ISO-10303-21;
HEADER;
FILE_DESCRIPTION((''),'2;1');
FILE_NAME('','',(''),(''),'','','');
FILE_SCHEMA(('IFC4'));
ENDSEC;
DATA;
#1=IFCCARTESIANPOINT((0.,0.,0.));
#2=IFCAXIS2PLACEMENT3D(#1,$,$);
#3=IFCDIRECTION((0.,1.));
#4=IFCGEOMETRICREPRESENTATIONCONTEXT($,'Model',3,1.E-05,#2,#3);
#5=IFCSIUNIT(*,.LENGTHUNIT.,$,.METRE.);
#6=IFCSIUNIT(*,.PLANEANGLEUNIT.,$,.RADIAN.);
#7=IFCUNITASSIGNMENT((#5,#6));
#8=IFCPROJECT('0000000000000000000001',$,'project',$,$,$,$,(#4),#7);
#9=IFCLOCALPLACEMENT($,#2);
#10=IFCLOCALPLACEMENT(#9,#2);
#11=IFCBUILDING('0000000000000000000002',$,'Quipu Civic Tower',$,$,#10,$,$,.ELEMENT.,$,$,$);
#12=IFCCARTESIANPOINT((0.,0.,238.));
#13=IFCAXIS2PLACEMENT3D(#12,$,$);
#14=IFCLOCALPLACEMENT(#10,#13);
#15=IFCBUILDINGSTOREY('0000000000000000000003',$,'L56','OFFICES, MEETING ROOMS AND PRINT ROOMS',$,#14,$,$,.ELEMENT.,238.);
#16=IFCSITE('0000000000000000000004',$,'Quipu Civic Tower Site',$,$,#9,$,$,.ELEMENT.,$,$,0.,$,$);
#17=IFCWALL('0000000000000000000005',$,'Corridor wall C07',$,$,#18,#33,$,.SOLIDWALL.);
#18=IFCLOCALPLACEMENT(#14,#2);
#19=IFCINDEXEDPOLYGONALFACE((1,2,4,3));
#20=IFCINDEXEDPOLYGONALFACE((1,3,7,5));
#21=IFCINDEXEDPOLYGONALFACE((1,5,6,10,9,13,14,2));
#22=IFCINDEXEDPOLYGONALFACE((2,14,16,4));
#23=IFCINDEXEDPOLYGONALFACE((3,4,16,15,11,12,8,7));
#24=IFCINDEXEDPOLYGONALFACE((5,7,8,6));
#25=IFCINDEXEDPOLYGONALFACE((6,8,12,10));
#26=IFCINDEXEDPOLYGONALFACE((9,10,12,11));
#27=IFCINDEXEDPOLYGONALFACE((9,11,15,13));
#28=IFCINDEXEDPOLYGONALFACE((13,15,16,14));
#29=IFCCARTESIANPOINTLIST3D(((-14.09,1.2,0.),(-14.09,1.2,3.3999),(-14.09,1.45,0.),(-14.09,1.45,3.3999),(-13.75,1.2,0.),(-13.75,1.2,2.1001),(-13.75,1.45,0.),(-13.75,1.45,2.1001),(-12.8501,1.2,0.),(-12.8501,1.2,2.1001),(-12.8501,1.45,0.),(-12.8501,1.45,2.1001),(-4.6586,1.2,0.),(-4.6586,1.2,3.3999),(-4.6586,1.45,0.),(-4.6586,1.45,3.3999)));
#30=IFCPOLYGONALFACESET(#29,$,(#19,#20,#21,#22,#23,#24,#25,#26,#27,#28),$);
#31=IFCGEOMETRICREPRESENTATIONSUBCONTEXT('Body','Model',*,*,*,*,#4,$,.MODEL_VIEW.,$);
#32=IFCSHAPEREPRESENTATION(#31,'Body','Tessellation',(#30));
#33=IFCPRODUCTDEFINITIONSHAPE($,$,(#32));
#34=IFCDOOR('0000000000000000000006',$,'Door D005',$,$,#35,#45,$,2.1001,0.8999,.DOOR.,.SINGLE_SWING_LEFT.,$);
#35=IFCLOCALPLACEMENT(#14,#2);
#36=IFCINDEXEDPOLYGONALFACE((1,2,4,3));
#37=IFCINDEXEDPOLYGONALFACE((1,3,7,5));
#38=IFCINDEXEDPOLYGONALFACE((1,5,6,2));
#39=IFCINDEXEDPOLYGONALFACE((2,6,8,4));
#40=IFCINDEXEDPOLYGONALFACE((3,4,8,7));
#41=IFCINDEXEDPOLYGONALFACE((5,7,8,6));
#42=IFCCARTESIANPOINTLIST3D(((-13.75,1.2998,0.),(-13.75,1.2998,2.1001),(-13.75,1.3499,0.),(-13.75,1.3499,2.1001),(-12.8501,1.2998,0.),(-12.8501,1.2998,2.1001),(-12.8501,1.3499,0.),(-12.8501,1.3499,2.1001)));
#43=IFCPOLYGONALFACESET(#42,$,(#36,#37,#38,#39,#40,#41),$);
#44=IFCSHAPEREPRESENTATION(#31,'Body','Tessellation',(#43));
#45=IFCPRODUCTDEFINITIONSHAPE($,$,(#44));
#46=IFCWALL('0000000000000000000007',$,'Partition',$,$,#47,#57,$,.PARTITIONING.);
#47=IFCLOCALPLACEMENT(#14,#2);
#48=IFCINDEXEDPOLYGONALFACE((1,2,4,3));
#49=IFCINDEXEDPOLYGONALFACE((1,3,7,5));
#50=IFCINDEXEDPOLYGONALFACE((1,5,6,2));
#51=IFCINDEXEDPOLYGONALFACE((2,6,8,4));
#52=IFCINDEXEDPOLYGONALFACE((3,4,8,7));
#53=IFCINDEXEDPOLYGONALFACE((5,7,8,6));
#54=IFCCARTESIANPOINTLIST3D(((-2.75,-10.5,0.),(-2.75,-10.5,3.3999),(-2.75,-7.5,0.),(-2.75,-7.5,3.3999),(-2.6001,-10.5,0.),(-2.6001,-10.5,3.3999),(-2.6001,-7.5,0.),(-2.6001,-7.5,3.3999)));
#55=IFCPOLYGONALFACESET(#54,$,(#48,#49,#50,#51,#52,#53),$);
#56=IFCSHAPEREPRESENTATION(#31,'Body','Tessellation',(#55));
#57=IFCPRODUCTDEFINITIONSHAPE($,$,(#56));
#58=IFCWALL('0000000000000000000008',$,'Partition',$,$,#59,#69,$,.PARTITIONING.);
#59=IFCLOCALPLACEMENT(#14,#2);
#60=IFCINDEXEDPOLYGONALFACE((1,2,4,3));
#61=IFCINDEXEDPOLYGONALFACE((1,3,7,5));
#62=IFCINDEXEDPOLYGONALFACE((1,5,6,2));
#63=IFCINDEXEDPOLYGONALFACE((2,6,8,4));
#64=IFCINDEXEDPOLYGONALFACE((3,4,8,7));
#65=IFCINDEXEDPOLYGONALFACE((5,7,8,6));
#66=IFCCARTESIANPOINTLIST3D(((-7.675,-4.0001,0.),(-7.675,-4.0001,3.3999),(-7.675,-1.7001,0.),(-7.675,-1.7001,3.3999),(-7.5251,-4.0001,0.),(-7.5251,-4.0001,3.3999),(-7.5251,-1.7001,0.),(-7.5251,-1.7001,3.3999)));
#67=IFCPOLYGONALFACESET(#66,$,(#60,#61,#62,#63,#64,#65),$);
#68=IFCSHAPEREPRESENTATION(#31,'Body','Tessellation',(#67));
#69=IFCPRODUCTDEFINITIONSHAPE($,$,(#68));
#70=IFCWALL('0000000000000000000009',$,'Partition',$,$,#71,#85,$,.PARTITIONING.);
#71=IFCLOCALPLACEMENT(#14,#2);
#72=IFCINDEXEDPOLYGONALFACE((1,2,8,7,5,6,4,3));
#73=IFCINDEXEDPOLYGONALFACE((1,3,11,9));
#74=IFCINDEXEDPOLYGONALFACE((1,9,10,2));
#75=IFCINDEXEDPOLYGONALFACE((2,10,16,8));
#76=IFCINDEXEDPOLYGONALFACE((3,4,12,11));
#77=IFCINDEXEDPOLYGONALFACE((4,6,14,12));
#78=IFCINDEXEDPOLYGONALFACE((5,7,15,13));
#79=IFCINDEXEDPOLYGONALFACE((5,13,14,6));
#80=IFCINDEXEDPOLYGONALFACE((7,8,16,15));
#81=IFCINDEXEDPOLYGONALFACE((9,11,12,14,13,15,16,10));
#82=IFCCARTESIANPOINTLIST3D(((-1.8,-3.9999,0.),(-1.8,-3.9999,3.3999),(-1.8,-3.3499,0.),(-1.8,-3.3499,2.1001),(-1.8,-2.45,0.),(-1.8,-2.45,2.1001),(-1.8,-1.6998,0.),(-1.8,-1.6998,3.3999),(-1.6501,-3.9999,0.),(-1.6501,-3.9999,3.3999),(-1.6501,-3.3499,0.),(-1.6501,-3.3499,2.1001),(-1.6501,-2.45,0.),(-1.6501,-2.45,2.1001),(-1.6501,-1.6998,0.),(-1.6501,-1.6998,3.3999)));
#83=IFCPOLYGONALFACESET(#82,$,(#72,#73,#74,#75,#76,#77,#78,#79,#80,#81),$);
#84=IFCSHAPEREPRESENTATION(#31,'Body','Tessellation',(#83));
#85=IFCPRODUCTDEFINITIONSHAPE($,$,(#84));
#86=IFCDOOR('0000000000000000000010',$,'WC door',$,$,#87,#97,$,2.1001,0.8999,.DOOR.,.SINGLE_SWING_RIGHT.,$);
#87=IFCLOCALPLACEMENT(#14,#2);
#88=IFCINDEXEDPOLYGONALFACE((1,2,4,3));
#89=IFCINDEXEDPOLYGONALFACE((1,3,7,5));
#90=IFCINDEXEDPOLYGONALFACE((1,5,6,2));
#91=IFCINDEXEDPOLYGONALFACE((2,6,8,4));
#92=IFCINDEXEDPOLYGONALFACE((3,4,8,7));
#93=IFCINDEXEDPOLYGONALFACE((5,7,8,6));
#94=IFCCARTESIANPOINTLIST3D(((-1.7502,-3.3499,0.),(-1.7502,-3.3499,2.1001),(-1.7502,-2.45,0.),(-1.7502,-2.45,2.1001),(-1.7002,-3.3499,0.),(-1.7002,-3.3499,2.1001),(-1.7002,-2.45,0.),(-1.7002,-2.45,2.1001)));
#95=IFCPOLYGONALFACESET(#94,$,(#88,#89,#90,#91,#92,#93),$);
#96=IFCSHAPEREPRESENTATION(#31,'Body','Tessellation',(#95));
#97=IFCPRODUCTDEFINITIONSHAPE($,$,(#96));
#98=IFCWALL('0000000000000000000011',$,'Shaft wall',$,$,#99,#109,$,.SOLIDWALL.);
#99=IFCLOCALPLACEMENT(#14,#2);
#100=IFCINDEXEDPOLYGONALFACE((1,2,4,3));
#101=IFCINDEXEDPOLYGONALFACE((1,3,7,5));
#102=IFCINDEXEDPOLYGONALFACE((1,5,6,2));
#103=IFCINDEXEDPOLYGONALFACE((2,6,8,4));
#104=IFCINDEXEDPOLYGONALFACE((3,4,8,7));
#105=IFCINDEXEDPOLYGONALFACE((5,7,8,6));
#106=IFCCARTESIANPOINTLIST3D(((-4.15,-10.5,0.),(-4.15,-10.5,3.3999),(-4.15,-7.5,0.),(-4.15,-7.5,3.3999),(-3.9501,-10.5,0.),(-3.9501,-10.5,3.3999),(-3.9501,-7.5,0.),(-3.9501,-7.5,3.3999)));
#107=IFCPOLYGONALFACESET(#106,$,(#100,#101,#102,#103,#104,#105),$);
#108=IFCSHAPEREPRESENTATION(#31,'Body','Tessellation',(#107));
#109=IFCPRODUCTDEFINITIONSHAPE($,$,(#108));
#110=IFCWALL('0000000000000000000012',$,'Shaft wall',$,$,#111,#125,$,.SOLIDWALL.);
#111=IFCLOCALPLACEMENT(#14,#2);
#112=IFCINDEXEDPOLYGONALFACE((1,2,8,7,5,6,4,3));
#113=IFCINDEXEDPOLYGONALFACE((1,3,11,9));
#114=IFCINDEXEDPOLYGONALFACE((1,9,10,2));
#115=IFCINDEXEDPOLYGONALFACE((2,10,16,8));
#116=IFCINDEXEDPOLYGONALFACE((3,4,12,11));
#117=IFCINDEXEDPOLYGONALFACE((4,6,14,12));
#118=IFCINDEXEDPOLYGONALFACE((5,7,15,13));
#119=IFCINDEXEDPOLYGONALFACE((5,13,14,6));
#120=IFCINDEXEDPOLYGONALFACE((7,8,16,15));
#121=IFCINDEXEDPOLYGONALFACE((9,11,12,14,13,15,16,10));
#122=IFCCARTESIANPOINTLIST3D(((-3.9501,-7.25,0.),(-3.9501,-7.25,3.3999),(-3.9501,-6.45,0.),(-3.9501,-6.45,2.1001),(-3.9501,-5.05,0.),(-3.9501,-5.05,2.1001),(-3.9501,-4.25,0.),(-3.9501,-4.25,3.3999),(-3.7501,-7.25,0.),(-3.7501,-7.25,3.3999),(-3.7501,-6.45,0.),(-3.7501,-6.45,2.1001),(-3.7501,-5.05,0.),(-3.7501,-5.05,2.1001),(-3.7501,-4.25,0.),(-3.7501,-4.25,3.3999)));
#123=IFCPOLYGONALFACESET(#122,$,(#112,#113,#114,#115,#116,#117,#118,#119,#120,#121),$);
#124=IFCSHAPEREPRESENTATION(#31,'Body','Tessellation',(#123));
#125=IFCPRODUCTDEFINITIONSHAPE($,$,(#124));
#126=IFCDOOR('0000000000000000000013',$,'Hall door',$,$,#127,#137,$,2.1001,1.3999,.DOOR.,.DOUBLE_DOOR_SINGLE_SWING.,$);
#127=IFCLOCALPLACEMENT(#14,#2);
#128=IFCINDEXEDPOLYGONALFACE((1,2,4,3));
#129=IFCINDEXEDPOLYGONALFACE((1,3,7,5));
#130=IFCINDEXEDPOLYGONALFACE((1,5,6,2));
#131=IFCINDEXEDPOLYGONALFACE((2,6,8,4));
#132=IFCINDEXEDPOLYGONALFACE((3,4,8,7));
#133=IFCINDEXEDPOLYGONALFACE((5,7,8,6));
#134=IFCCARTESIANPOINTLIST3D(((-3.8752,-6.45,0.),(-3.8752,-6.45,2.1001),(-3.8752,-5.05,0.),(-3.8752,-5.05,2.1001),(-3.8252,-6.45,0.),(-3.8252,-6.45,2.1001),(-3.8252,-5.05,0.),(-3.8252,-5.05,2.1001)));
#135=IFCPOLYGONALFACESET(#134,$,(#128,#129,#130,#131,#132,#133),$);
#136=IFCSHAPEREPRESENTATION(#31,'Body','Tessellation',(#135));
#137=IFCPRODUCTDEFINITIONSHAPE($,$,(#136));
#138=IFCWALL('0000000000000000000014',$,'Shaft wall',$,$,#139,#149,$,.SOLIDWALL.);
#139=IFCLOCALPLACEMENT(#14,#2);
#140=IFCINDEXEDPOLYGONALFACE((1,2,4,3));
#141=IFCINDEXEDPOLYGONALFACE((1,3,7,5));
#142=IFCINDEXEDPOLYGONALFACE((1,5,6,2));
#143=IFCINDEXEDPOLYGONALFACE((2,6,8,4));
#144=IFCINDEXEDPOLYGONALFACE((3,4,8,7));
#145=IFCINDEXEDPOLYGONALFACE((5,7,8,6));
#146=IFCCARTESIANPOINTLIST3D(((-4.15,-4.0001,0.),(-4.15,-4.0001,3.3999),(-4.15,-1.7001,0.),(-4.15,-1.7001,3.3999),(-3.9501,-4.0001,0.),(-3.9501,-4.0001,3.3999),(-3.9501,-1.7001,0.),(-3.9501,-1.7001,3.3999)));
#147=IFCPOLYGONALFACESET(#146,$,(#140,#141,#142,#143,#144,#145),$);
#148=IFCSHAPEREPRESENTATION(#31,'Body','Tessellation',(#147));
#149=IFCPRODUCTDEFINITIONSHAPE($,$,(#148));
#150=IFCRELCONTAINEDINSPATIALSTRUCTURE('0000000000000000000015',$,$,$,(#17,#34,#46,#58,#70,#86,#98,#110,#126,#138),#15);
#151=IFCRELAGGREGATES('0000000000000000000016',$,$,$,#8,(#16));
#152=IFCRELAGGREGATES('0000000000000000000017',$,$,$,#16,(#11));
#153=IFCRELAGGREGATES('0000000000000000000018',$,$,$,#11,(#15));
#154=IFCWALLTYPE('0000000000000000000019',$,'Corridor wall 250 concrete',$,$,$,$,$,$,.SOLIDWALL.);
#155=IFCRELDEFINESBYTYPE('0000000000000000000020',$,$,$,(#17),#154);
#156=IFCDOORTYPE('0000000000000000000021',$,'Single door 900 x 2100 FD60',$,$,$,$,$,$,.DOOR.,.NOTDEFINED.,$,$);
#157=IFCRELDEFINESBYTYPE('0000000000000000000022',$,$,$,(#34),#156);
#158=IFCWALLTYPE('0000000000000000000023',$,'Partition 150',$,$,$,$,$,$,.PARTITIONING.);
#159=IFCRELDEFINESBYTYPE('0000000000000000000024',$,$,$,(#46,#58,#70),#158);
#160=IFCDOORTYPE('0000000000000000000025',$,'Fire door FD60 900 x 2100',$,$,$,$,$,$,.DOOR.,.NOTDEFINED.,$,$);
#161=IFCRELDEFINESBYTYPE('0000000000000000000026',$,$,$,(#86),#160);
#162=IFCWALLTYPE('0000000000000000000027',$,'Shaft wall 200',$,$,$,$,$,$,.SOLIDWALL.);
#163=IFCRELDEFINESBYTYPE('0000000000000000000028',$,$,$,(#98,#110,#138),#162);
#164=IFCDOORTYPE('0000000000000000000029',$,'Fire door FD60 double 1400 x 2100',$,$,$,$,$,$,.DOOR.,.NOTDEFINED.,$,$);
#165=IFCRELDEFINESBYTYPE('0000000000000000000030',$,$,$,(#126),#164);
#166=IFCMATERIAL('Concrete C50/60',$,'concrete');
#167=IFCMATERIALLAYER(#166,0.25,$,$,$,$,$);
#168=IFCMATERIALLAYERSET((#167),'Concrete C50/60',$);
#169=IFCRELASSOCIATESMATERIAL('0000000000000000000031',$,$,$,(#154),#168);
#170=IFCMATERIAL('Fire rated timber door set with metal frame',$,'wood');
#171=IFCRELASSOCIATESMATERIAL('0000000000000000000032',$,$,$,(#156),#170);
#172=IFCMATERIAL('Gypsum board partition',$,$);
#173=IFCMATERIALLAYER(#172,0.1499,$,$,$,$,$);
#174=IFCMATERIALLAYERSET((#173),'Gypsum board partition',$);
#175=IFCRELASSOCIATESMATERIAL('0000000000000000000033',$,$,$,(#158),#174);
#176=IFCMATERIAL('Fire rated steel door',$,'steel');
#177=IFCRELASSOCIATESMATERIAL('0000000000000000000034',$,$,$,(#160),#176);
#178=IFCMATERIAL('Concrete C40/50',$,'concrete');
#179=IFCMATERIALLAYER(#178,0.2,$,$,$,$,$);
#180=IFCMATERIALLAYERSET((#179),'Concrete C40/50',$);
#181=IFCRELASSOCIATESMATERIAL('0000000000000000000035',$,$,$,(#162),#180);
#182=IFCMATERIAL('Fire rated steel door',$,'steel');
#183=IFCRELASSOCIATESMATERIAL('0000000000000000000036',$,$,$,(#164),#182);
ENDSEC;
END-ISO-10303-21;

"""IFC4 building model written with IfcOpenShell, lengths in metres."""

from ifc_helpers import new_model, si_unit, direction, frame, frame_2d, origin, place, context, subcontext, project, spatial, rectangle, extrude, material, layer, layer_set, type_object, element, fill, save


model = new_model("IFC4")

# Units and contexts
model_context = context("Model", 3, precision=1e-05, world=origin(), true_north=direction((0.0, 1.0)))
body_context = subcontext(model_context, "Body", "Model", "MODEL_VIEW")
ifc_project = project(units=[si_unit("LENGTHUNIT", "METRE"), si_unit("PLANEANGLEUNIT", "RADIAN")], contexts=[model_context])

# Site, building, storey
site_placement = place(None, origin())
site = spatial("IfcSite", under=ifc_project, at=site_placement, Name="Quipu Civic Tower Site", CompositionType="ELEMENT", RefElevation=0.0)
building_placement = place(site_placement, origin())
building = spatial("IfcBuilding", under=site, at=building_placement, Name="Quipu Civic Tower", CompositionType="ELEMENT")
storey_placement = place(building_placement, frame((0.0, 0.0, 238.0)))
storey = spatial("IfcBuildingStorey", under=building, at=storey_placement, Name="L56", Description="OFFICES, MEETING ROOMS AND PRINT ROOMS", CompositionType="ELEMENT", Elevation=238.0)

# Wall, opening, door
ifc_material_1 = material(Name="Concrete C50/60", Category="concrete")
ifc_layer_1 = layer(ifc_material_1, 0.25)
ifc_layer_set_1 = layer_set([ifc_layer_1], Name="Concrete C50/60")
wall_type_1 = type_object("IfcWallType", Name="Corridor wall 250 concrete", PredefinedType="SOLIDWALL", material=ifc_layer_set_1)
wall_1_placement = place(storey_placement, frame((-14.0901, 1.325, 0.0), z_axis=(0.0, 0.0, 1.0), x_axis=(1.0, 0.0, 0.0)))
wall_1 = element("IfcWall", 1, at=wall_1_placement, inside=storey, type_object=wall_type_1, Name="Corridor wall C07", PredefinedType="SOLIDWALL", context=body_context, shape_type="SweptSolid", body=[
    extrude(rectangle(XDim=9.4314, YDim=0.25, at=frame_2d((4.7158, 0.0))), origin(), (0.0, 0.0, 1.0), 3.3999),
])
opening_1_placement = place(wall_1_placement, frame((0.3401, 0.0, 0.0)))
opening_1 = element("IfcOpeningElement", 2, at=opening_1_placement, cuts=wall_1, PredefinedType="OPENING", context=body_context, shape_type="SweptSolid", body=[
    extrude(rectangle(XDim=0.8999, YDim=2.1001, at=frame_2d((0.45, 1.05))), frame((0.0, 0.135, 0.0), z_axis=(0.0, -1.0, 0.0), x_axis=(1.0, 0.0, 0.0)), (0.0, 0.0, 1.0), 0.27),
])
ifc_material_2 = material(Name="Fire rated timber door set with metal frame", Category="wood")
door_type_1 = type_object("IfcDoorType", Name="Single door 900 x 2100 FD60", OperationType="NOTDEFINED", PredefinedType="DOOR", material=ifc_material_2)
door_1_placement = place(opening_1_placement, origin())
door_1 = element("IfcDoor", 3, at=door_1_placement, inside=storey, type_object=door_type_1, Name="Door D005", OperationType="SINGLE_SWING_LEFT", OverallHeight=2.1001, OverallWidth=0.8999, PredefinedType="DOOR", context=body_context, shape_type="SweptSolid", body=[
    extrude(rectangle(XDim=0.8999, YDim=2.1001, at=frame_2d((0.45, 1.05))), frame((0.0, 0.0249, 0.0), z_axis=(0.0, -1.0, 0.0), x_axis=(1.0, 0.0, 0.0)), (0.0, 0.0, 1.0), 0.05),
])
fill(opening_1, door_1)

# Walls
ifc_material_3 = material(Name="Gypsum board partition")
ifc_layer_2 = layer(ifc_material_3, 0.1499)
ifc_layer_set_2 = layer_set([ifc_layer_2], Name="Gypsum board partition")
wall_type_2 = type_object("IfcWallType", Name="Partition 150", PredefinedType="PARTITIONING", material=ifc_layer_set_2)
wall_2_placement = place(storey_placement, frame((-2.675, -10.5, 0.0), z_axis=(0.0, 0.0, 1.0), x_axis=(0.0, 1.0, 0.0)))
element("IfcWall", 4, at=wall_2_placement, inside=storey, type_object=wall_type_2, Name="Partition", PredefinedType="PARTITIONING", context=body_context, shape_type="SweptSolid", body=[
    extrude(rectangle(XDim=3.0, YDim=0.1499, at=frame_2d((1.5, 0.0))), origin(), (0.0, 0.0, 1.0), 3.3999),
])
wall_3_placement = place(storey_placement, frame((-7.6001, -4.0, 0.0), z_axis=(0.0, 0.0, 1.0), x_axis=(0.0, 1.0, 0.0)))
element("IfcWall", 5, at=wall_3_placement, inside=storey, type_object=wall_type_2, Name="Partition", PredefinedType="PARTITIONING", context=body_context, shape_type="SweptSolid", body=[
    extrude(rectangle(XDim=2.3, YDim=0.1499, at=frame_2d((1.1499, 0.0))), origin(), (0.0, 0.0, 1.0), 3.3999),
])

# Wall, opening, door
wall_4_placement = place(storey_placement, frame((-1.7251, -1.7, 0.0), z_axis=(0.0, 0.0, 1.0), x_axis=(0.0, -1.0, 0.0)))
wall_4 = element("IfcWall", 6, at=wall_4_placement, inside=storey, type_object=wall_type_2, Name="Partition", PredefinedType="PARTITIONING", context=body_context, shape_type="SweptSolid", body=[
    extrude(rectangle(XDim=2.3, YDim=0.1499, at=frame_2d((1.1499, 0.0))), origin(), (0.0, 0.0, 1.0), 3.3999),
])
opening_2_placement = place(wall_4_placement, frame((0.75, 0.0, 0.0)))
opening_2 = element("IfcOpeningElement", 7, at=opening_2_placement, cuts=wall_4, PredefinedType="OPENING", context=body_context, shape_type="SweptSolid", body=[
    extrude(rectangle(XDim=0.8999, YDim=2.1001, at=frame_2d((0.45, 1.05))), frame((0.0, 0.085, 0.0), z_axis=(0.0, -1.0, 0.0), x_axis=(1.0, 0.0, 0.0)), (0.0, 0.0, 1.0), 0.1699),
])
ifc_material_4 = material(Name="Fire rated steel door", Category="steel")
door_type_2 = type_object("IfcDoorType", Name="Fire door FD60 900 x 2100", OperationType="NOTDEFINED", PredefinedType="DOOR", material=ifc_material_4)
door_2_placement = place(opening_2_placement, origin())
door_2 = element("IfcDoor", 8, at=door_2_placement, inside=storey, type_object=door_type_2, Name="WC door", OperationType="SINGLE_SWING_RIGHT", OverallHeight=2.1001, OverallWidth=0.8999, PredefinedType="DOOR", context=body_context, shape_type="SweptSolid", body=[
    extrude(rectangle(XDim=0.8999, YDim=2.1001, at=frame_2d((0.45, 1.05))), frame((0.0, 0.0249, 0.0), z_axis=(0.0, -1.0, 0.0), x_axis=(1.0, 0.0, 0.0)), (0.0, 0.0, 1.0), 0.05),
])
fill(opening_2, door_2)

# Wall
ifc_material_5 = material(Name="Concrete C40/50", Category="concrete")
ifc_layer_3 = layer(ifc_material_5, 0.2)
ifc_layer_set_3 = layer_set([ifc_layer_3], Name="Concrete C40/50")
wall_type_3 = type_object("IfcWallType", Name="Shaft wall 200", PredefinedType="SOLIDWALL", material=ifc_layer_set_3)
wall_5_placement = place(storey_placement, frame((-4.05, -10.5, 0.0), z_axis=(0.0, 0.0, 1.0), x_axis=(0.0, 1.0, 0.0)))
element("IfcWall", 9, at=wall_5_placement, inside=storey, type_object=wall_type_3, Name="Shaft wall", PredefinedType="SOLIDWALL", context=body_context, shape_type="SweptSolid", body=[
    extrude(rectangle(XDim=3.0, YDim=0.2, at=frame_2d((1.5, 0.0))), origin(), (0.0, 0.0, 1.0), 3.3999),
])

# Wall, opening, door
wall_6_placement = place(storey_placement, frame((-3.8501, -4.25, 0.0), z_axis=(0.0, 0.0, 1.0), x_axis=(0.0, -1.0, 0.0)))
wall_6 = element("IfcWall", 10, at=wall_6_placement, inside=storey, type_object=wall_type_3, Name="Shaft wall", PredefinedType="SOLIDWALL", context=body_context, shape_type="SweptSolid", body=[
    extrude(rectangle(XDim=3.0, YDim=0.2, at=frame_2d((1.5, 0.0))), origin(), (0.0, 0.0, 1.0), 3.3999),
])
opening_3_placement = place(wall_6_placement, frame((0.8, 0.0, 0.0)))
opening_3 = element("IfcOpeningElement", 11, at=opening_3_placement, cuts=wall_6, PredefinedType="OPENING", context=body_context, shape_type="SweptSolid", body=[
    extrude(rectangle(XDim=1.3999, YDim=2.1001, at=frame_2d((0.7, 1.05))), frame((0.0, 0.1099, 0.0), z_axis=(0.0, -1.0, 0.0), x_axis=(1.0, 0.0, 0.0)), (0.0, 0.0, 1.0), 0.22),
])
ifc_material_6 = material(Name="Fire rated steel door", Category="steel")
door_type_3 = type_object("IfcDoorType", Name="Fire door FD60 double 1400 x 2100", OperationType="NOTDEFINED", PredefinedType="DOOR", material=ifc_material_6)
door_3_placement = place(opening_3_placement, origin())
door_3 = element("IfcDoor", 12, at=door_3_placement, inside=storey, type_object=door_type_3, Name="Hall door", OperationType="DOUBLE_DOOR_SINGLE_SWING", OverallHeight=2.1001, OverallWidth=1.3999, PredefinedType="DOOR", context=body_context, shape_type="SweptSolid", body=[
    extrude(rectangle(XDim=1.3999, YDim=2.1001, at=frame_2d((0.7, 1.05))), frame((0.0, 0.0249, 0.0), z_axis=(0.0, -1.0, 0.0), x_axis=(1.0, 0.0, 0.0)), (0.0, 0.0, 1.0), 0.05),
])
fill(opening_3, door_3)

# Wall
wall_7_placement = place(storey_placement, frame((-4.05, -4.0, 0.0), z_axis=(0.0, 0.0, 1.0), x_axis=(0.0, 1.0, 0.0)))
element("IfcWall", 13, at=wall_7_placement, inside=storey, type_object=wall_type_3, Name="Shaft wall", PredefinedType="SOLIDWALL", context=body_context, shape_type="SweptSolid", body=[
    extrude(rectangle(XDim=2.3, YDim=0.2, at=frame_2d((1.1499, 0.0))), origin(), (0.0, 0.0, 1.0), 3.3999),
])

save(model, "model.ifc")
